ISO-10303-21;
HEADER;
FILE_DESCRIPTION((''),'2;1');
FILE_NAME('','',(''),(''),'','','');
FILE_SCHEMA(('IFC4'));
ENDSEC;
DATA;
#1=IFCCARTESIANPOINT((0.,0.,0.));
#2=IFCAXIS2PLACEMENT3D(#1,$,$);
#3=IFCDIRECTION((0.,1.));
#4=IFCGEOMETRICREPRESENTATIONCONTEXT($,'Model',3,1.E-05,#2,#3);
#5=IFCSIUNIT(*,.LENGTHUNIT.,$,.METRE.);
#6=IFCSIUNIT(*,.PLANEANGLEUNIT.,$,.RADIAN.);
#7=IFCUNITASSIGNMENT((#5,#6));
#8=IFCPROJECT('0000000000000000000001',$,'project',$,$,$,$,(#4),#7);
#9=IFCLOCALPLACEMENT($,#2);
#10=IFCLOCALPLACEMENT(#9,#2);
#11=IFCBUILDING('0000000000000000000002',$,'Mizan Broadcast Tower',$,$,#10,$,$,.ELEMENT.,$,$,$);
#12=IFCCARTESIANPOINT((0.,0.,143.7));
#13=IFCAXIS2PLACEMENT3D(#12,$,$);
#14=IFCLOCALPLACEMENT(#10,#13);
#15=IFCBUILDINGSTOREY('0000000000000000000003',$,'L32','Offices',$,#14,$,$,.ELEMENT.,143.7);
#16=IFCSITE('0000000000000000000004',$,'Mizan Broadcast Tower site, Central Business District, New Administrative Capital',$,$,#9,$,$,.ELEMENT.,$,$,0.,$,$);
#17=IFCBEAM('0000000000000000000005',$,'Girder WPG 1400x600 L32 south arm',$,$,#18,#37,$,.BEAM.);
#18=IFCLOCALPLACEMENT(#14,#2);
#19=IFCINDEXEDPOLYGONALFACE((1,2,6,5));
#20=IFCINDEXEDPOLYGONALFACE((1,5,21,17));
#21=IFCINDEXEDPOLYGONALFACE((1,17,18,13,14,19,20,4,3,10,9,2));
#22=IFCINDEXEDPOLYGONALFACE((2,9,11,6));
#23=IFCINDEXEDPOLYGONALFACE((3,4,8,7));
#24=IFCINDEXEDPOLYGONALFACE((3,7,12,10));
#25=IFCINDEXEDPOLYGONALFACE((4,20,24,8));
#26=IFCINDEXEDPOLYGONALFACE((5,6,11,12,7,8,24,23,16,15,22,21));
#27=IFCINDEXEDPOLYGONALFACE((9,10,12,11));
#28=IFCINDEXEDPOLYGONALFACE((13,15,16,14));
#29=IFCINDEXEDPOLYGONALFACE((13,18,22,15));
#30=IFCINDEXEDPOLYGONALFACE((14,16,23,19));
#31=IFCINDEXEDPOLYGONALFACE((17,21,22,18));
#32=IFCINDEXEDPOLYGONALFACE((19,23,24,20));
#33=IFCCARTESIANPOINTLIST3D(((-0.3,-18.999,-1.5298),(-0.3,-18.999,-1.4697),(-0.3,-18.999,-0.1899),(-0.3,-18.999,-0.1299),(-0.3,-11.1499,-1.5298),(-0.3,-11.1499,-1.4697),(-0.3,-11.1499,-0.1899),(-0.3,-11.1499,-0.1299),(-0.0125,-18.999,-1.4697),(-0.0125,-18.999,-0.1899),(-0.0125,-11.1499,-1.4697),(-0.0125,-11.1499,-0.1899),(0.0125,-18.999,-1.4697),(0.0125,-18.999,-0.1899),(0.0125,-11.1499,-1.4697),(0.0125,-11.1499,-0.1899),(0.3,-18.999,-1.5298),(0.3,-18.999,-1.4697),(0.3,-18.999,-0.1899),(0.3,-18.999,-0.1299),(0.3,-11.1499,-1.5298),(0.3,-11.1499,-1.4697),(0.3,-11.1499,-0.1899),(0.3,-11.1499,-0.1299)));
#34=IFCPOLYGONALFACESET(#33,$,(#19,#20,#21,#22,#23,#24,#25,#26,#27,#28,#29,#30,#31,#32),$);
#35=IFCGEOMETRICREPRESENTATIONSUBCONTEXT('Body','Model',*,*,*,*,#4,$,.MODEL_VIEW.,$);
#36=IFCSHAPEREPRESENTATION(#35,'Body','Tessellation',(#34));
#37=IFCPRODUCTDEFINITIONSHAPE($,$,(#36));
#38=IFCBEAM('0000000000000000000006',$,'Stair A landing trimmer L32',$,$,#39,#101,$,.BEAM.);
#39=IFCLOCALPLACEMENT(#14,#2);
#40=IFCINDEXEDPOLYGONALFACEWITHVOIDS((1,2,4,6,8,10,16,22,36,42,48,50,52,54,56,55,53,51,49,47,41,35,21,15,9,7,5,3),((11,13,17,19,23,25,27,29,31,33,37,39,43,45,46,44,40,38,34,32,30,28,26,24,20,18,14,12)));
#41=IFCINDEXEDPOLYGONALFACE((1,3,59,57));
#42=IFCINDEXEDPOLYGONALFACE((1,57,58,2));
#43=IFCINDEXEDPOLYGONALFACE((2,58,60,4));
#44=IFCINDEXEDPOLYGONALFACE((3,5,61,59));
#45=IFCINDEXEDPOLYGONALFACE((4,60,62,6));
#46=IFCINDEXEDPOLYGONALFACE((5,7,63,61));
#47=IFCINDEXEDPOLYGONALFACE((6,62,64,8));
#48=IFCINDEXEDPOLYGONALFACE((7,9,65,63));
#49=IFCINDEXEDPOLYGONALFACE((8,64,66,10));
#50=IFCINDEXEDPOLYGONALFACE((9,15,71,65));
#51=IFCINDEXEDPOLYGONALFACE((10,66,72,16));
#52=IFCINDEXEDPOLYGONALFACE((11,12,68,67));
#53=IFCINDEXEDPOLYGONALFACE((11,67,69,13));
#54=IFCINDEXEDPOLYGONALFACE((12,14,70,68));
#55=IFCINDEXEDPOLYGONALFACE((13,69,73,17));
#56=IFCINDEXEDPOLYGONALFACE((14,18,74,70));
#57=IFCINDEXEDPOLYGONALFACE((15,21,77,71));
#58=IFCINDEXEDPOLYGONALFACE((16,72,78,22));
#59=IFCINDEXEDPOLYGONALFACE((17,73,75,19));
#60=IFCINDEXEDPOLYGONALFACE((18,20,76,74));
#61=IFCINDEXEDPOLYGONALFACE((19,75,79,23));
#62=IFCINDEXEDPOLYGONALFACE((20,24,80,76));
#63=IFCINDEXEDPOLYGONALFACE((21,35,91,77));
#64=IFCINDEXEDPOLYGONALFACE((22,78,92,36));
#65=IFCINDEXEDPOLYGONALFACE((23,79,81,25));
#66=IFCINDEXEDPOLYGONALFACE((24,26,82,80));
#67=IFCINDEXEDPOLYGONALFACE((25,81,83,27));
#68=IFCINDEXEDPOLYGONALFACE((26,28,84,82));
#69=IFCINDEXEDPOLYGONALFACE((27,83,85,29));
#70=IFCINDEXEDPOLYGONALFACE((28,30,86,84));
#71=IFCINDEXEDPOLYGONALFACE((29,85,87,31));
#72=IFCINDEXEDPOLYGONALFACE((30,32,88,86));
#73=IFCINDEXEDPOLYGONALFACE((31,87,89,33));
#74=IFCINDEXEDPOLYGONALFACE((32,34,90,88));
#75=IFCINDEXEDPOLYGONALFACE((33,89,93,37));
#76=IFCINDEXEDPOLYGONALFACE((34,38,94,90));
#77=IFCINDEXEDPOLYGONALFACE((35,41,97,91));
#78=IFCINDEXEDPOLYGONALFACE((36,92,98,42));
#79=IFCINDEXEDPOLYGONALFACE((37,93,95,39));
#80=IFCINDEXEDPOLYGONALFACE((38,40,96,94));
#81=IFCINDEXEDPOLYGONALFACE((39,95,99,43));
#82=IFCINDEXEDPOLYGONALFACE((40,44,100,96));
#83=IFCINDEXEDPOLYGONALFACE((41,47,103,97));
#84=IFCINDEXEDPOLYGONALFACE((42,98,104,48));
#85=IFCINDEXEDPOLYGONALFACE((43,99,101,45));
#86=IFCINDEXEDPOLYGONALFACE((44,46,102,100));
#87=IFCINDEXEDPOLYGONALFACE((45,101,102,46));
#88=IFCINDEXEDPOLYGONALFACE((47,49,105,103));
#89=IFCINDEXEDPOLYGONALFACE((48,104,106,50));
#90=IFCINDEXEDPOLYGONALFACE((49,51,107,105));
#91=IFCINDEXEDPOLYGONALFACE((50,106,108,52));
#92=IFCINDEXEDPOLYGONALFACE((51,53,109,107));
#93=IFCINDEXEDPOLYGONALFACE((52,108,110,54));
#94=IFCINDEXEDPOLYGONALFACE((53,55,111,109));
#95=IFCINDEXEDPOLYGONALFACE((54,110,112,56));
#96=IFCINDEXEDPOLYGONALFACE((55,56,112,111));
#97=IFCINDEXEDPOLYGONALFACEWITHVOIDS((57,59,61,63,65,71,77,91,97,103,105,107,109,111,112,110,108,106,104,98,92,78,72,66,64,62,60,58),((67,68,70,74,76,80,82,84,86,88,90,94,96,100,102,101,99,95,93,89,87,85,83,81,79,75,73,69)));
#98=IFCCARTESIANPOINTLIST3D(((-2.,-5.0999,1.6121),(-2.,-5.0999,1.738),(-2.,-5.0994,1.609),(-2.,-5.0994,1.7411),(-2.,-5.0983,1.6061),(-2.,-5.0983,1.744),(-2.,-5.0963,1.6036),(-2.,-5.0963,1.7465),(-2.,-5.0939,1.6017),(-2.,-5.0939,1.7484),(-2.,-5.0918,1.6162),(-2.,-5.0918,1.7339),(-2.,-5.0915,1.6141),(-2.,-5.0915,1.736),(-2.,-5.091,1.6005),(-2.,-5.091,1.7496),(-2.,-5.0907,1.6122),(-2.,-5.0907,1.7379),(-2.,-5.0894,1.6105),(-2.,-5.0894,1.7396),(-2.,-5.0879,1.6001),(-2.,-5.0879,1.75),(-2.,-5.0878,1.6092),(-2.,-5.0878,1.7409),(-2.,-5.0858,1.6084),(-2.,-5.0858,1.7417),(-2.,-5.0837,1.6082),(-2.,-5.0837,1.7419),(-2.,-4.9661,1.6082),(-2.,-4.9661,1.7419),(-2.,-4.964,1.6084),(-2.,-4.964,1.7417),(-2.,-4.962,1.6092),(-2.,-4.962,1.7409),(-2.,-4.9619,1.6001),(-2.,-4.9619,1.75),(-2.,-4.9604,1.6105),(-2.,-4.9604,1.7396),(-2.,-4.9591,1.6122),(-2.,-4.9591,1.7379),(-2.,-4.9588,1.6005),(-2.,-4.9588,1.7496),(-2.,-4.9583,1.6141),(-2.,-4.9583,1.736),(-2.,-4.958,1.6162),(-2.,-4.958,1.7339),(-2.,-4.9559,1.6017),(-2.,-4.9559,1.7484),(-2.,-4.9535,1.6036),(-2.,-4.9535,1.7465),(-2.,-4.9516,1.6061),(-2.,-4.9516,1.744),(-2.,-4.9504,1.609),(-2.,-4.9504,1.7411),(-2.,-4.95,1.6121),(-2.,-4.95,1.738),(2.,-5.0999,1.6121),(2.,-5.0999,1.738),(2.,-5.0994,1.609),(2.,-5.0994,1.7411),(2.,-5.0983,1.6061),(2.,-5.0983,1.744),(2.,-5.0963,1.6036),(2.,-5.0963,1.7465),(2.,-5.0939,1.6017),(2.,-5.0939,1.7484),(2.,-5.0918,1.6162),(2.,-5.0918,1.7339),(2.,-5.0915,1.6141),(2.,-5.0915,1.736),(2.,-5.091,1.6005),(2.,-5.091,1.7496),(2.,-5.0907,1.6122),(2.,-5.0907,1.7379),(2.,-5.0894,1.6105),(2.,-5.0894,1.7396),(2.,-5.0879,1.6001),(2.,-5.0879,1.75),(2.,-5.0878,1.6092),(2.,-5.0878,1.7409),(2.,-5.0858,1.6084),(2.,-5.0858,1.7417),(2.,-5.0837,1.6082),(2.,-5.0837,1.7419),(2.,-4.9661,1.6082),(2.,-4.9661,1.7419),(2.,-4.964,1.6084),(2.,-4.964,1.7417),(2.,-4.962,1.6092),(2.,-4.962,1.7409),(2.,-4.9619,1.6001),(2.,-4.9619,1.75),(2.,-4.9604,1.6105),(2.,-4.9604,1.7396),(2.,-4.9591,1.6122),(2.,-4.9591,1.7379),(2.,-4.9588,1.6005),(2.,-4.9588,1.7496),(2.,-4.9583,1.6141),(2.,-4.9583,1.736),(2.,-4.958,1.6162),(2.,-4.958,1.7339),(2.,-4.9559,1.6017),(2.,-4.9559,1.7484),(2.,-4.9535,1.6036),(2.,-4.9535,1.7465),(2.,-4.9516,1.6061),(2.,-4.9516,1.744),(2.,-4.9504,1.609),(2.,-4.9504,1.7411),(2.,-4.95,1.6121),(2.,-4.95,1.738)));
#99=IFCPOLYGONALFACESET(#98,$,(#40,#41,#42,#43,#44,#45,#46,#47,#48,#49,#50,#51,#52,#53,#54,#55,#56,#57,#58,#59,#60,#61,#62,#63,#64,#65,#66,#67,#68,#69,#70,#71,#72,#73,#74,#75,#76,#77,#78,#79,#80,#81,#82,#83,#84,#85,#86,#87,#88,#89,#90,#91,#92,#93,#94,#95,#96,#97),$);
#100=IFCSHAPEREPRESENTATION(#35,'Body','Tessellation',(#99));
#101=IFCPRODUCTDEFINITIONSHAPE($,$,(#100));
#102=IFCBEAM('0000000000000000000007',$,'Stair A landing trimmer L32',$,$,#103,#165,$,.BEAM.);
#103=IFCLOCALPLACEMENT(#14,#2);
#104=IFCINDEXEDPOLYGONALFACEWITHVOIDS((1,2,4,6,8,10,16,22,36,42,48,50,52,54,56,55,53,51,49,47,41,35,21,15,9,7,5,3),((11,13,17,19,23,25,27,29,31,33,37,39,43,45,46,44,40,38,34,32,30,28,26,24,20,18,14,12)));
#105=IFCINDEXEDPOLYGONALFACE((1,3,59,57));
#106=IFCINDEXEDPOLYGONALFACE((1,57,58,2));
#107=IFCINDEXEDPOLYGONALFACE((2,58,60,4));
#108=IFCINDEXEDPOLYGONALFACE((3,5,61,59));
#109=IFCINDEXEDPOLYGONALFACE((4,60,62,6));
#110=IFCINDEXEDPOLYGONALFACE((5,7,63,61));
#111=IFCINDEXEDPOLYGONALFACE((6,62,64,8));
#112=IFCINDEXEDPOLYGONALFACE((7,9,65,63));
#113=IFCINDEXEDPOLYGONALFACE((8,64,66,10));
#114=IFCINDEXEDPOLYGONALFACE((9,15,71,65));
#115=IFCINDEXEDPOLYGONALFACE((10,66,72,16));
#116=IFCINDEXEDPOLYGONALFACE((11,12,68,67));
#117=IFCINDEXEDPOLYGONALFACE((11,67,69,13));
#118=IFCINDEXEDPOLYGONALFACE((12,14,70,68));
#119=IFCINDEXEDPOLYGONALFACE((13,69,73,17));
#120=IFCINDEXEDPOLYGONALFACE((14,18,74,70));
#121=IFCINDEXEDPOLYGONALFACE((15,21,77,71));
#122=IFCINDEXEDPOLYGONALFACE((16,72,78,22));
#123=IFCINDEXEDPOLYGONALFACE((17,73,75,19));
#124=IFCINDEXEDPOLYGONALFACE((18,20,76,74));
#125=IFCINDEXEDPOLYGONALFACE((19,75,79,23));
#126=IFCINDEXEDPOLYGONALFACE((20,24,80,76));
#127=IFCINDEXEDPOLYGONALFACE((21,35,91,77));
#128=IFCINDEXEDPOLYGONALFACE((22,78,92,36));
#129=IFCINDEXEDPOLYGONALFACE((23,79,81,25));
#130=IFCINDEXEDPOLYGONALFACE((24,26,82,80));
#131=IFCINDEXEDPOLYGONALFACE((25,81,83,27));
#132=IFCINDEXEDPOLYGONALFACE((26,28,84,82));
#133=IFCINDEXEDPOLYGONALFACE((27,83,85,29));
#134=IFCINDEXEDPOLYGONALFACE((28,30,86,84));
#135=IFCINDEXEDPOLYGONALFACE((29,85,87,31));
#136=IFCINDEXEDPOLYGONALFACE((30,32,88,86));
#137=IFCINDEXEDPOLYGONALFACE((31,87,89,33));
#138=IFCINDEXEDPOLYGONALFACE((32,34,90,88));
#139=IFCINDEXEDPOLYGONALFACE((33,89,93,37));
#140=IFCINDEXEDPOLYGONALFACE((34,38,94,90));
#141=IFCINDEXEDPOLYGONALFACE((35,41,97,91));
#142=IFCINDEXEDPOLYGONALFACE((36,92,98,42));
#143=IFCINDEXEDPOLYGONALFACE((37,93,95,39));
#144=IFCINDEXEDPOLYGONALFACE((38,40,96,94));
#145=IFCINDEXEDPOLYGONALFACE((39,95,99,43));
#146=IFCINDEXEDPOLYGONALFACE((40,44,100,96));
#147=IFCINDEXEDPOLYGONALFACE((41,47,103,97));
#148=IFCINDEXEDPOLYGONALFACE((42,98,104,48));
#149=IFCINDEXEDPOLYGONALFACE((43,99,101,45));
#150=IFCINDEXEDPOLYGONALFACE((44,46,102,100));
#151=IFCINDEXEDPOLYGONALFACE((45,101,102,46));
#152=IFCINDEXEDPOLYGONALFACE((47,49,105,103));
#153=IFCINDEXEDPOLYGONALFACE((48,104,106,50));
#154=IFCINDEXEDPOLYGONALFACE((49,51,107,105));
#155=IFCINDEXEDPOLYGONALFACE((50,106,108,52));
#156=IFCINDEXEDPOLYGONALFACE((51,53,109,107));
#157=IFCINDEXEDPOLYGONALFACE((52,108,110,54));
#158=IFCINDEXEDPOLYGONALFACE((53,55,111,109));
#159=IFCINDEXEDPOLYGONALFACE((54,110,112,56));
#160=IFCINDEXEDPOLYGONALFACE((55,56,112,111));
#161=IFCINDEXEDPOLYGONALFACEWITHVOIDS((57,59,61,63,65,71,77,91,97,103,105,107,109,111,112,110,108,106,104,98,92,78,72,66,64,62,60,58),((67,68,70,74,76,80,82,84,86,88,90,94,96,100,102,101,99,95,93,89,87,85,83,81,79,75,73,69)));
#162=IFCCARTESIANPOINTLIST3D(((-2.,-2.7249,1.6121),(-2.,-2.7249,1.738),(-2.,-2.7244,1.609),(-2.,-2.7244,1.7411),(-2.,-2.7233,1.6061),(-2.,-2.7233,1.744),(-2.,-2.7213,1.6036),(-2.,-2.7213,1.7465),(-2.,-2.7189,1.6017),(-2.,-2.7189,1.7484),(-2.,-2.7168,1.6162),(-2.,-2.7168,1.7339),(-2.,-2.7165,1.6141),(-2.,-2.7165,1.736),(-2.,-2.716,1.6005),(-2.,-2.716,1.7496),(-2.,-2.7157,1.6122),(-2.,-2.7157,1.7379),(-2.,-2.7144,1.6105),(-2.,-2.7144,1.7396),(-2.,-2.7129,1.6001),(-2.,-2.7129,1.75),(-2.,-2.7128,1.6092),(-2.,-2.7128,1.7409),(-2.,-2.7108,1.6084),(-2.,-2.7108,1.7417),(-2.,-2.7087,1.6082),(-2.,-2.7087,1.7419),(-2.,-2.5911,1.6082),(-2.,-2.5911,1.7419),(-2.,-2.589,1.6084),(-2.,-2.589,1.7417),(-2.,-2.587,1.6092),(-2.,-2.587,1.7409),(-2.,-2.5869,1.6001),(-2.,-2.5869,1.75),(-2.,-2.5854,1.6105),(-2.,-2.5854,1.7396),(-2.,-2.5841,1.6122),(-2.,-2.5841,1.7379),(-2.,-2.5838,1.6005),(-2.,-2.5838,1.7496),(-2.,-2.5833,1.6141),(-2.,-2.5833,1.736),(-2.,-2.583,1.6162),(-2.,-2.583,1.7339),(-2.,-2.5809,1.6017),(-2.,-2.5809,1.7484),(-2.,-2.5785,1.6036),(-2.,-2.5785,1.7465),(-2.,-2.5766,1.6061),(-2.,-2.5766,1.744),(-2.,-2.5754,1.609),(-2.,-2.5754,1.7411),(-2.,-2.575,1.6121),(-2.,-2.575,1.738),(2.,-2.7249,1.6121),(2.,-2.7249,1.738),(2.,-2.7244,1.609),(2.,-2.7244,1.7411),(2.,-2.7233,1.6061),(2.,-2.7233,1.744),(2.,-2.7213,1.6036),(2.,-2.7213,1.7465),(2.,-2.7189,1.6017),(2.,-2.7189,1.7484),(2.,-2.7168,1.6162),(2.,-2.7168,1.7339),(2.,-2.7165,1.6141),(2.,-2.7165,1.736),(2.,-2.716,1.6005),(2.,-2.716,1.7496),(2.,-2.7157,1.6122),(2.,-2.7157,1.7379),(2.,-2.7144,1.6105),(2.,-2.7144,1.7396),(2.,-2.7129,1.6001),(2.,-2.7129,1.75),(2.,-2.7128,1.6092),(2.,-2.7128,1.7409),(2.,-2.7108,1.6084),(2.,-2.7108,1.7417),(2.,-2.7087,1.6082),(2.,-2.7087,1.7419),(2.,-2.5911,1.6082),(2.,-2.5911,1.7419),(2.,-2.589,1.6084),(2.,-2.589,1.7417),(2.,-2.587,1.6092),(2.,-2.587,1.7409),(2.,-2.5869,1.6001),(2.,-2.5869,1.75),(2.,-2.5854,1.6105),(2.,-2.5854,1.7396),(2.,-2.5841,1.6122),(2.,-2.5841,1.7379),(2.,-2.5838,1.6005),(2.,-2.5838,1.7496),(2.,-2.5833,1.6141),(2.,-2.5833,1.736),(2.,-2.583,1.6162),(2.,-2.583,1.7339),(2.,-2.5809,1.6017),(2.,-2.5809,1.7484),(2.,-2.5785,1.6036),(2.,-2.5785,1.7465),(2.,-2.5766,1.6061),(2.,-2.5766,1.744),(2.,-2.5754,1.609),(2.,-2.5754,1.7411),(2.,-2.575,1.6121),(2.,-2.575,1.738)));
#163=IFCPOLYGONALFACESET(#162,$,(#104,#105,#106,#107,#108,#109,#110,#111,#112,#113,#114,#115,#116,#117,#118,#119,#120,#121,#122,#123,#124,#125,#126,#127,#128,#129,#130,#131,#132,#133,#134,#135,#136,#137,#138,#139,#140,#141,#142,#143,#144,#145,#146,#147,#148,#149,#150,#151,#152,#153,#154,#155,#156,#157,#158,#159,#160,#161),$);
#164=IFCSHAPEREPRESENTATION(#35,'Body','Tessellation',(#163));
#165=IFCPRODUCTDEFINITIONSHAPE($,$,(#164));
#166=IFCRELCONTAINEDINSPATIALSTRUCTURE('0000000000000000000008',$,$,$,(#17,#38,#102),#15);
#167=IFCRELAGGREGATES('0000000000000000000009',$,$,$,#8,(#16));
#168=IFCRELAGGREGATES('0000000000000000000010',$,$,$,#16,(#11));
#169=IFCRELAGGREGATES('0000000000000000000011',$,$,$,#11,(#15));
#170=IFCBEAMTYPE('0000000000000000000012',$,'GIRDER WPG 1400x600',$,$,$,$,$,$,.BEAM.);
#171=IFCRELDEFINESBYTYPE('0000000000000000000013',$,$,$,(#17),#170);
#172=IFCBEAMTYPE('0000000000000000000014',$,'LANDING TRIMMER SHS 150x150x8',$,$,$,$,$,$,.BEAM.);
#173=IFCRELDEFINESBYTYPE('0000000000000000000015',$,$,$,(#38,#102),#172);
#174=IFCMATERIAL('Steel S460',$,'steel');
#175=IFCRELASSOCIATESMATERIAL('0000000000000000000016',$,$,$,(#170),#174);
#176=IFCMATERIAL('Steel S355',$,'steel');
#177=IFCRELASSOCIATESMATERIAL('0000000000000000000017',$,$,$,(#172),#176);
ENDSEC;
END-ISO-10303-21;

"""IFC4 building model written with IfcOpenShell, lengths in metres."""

from ifc_helpers import new_model, si_unit, direction, frame, origin, origin_2d, place, context, subcontext, project, spatial, hollow_rectangle, i_section, extrude, material, material_profile, profile_set, type_object, element, save


model = new_model("IFC4")

# Units and contexts
model_context = context("Model", 3, precision=1e-05, world=origin(), true_north=direction((0.0, 1.0)))
body_context = subcontext(model_context, "Body", "Model", "MODEL_VIEW")
ifc_project = project(units=[si_unit("LENGTHUNIT", "METRE"), si_unit("PLANEANGLEUNIT", "RADIAN")], contexts=[model_context])

# Site, building, storey
site_placement = place(None, origin())
site = spatial("IfcSite", under=ifc_project, at=site_placement, Name="Mizan Broadcast Tower site, Central Business District, New Administrative Capital", CompositionType="ELEMENT", RefElevation=0.0)
building_placement = place(site_placement, origin())
building = spatial("IfcBuilding", under=site, at=building_placement, Name="Mizan Broadcast Tower", CompositionType="ELEMENT")
storey_placement = place(building_placement, frame((0.0, 0.0, 143.7)))
storey = spatial("IfcBuildingStorey", under=building, at=storey_placement, Name="L32", Description="Offices", CompositionType="ELEMENT", Elevation=143.7)

# Beams
ifc_material_1 = material(Name="Steel S460", Category="steel")
ifc_material_profile_1 = material_profile(ifc_material_1, i_section(OverallWidth=0.6001, OverallDepth=1.3999, WebThickness=0.0249, FlangeThickness=0.0601, at=origin_2d()), Name="WPG 1400x600")
ifc_profile_set_1 = profile_set([ifc_material_profile_1], Name="Steel S460")
beam_type_1 = type_object("IfcBeamType", Name="GIRDER WPG 1400x600", PredefinedType="BEAM", material=ifc_profile_set_1)
beam_placement = place(storey_placement, frame((0.0, -11.1499, -0.8298), z_axis=(0.0, -1.0, 0.0), x_axis=(1.0, 0.0, 0.0)))
element("IfcBeam", 1, at=beam_placement, inside=storey, type_object=beam_type_1, Name="Girder WPG 1400x600 L32 south arm", PredefinedType="BEAM", context=body_context, shape_type="SweptSolid", body=[
    extrude(i_section(OverallWidth=0.6001, OverallDepth=1.3999, WebThickness=0.0249, FlangeThickness=0.0601, at=origin_2d()), origin(), (0.0, 0.0, 1.0), 7.8491),
])
ifc_material_2 = material(Name="Steel S355", Category="steel")
ifc_material_profile_2 = material_profile(ifc_material_2, hollow_rectangle(XDim=0.1499, YDim=0.1499, WallThickness=0.0081, InnerFilletRadius=0.0081, OuterFilletRadius=0.012, at=origin_2d()), Name="SHS 150x150x8")
ifc_profile_set_2 = profile_set([ifc_material_profile_2], Name="Steel S355")
beam_type_2 = type_object("IfcBeamType", Name="LANDING TRIMMER SHS 150x150x8", PredefinedType="BEAM", material=ifc_profile_set_2)
for number, where, z_axis, x_axis, name in (
    (2, (-2.0, -5.0249, 1.675), (1.0, 0.0, 0.0), (0.0, 1.0, 0.0), "Stair A landing trimmer L32"),
    (3, (-2.0, -2.6499, 1.675), (1.0, 0.0, 0.0), (0.0, 1.0, 0.0), "Stair A landing trimmer L32"),
):
    element("IfcBeam", number, at=place(storey_placement, frame(where, z_axis=z_axis, x_axis=x_axis)), inside=storey, type_object=beam_type_2, Name=name, PredefinedType="BEAM", context=body_context, shape_type="SweptSolid", body=[
        extrude(hollow_rectangle(XDim=0.1499, YDim=0.1499, WallThickness=0.0081, InnerFilletRadius=0.0081, OuterFilletRadius=0.012, at=origin_2d()), origin(), (0.0, 0.0, 1.0), 4.0),
    ])

save(model, "model.ifc")
